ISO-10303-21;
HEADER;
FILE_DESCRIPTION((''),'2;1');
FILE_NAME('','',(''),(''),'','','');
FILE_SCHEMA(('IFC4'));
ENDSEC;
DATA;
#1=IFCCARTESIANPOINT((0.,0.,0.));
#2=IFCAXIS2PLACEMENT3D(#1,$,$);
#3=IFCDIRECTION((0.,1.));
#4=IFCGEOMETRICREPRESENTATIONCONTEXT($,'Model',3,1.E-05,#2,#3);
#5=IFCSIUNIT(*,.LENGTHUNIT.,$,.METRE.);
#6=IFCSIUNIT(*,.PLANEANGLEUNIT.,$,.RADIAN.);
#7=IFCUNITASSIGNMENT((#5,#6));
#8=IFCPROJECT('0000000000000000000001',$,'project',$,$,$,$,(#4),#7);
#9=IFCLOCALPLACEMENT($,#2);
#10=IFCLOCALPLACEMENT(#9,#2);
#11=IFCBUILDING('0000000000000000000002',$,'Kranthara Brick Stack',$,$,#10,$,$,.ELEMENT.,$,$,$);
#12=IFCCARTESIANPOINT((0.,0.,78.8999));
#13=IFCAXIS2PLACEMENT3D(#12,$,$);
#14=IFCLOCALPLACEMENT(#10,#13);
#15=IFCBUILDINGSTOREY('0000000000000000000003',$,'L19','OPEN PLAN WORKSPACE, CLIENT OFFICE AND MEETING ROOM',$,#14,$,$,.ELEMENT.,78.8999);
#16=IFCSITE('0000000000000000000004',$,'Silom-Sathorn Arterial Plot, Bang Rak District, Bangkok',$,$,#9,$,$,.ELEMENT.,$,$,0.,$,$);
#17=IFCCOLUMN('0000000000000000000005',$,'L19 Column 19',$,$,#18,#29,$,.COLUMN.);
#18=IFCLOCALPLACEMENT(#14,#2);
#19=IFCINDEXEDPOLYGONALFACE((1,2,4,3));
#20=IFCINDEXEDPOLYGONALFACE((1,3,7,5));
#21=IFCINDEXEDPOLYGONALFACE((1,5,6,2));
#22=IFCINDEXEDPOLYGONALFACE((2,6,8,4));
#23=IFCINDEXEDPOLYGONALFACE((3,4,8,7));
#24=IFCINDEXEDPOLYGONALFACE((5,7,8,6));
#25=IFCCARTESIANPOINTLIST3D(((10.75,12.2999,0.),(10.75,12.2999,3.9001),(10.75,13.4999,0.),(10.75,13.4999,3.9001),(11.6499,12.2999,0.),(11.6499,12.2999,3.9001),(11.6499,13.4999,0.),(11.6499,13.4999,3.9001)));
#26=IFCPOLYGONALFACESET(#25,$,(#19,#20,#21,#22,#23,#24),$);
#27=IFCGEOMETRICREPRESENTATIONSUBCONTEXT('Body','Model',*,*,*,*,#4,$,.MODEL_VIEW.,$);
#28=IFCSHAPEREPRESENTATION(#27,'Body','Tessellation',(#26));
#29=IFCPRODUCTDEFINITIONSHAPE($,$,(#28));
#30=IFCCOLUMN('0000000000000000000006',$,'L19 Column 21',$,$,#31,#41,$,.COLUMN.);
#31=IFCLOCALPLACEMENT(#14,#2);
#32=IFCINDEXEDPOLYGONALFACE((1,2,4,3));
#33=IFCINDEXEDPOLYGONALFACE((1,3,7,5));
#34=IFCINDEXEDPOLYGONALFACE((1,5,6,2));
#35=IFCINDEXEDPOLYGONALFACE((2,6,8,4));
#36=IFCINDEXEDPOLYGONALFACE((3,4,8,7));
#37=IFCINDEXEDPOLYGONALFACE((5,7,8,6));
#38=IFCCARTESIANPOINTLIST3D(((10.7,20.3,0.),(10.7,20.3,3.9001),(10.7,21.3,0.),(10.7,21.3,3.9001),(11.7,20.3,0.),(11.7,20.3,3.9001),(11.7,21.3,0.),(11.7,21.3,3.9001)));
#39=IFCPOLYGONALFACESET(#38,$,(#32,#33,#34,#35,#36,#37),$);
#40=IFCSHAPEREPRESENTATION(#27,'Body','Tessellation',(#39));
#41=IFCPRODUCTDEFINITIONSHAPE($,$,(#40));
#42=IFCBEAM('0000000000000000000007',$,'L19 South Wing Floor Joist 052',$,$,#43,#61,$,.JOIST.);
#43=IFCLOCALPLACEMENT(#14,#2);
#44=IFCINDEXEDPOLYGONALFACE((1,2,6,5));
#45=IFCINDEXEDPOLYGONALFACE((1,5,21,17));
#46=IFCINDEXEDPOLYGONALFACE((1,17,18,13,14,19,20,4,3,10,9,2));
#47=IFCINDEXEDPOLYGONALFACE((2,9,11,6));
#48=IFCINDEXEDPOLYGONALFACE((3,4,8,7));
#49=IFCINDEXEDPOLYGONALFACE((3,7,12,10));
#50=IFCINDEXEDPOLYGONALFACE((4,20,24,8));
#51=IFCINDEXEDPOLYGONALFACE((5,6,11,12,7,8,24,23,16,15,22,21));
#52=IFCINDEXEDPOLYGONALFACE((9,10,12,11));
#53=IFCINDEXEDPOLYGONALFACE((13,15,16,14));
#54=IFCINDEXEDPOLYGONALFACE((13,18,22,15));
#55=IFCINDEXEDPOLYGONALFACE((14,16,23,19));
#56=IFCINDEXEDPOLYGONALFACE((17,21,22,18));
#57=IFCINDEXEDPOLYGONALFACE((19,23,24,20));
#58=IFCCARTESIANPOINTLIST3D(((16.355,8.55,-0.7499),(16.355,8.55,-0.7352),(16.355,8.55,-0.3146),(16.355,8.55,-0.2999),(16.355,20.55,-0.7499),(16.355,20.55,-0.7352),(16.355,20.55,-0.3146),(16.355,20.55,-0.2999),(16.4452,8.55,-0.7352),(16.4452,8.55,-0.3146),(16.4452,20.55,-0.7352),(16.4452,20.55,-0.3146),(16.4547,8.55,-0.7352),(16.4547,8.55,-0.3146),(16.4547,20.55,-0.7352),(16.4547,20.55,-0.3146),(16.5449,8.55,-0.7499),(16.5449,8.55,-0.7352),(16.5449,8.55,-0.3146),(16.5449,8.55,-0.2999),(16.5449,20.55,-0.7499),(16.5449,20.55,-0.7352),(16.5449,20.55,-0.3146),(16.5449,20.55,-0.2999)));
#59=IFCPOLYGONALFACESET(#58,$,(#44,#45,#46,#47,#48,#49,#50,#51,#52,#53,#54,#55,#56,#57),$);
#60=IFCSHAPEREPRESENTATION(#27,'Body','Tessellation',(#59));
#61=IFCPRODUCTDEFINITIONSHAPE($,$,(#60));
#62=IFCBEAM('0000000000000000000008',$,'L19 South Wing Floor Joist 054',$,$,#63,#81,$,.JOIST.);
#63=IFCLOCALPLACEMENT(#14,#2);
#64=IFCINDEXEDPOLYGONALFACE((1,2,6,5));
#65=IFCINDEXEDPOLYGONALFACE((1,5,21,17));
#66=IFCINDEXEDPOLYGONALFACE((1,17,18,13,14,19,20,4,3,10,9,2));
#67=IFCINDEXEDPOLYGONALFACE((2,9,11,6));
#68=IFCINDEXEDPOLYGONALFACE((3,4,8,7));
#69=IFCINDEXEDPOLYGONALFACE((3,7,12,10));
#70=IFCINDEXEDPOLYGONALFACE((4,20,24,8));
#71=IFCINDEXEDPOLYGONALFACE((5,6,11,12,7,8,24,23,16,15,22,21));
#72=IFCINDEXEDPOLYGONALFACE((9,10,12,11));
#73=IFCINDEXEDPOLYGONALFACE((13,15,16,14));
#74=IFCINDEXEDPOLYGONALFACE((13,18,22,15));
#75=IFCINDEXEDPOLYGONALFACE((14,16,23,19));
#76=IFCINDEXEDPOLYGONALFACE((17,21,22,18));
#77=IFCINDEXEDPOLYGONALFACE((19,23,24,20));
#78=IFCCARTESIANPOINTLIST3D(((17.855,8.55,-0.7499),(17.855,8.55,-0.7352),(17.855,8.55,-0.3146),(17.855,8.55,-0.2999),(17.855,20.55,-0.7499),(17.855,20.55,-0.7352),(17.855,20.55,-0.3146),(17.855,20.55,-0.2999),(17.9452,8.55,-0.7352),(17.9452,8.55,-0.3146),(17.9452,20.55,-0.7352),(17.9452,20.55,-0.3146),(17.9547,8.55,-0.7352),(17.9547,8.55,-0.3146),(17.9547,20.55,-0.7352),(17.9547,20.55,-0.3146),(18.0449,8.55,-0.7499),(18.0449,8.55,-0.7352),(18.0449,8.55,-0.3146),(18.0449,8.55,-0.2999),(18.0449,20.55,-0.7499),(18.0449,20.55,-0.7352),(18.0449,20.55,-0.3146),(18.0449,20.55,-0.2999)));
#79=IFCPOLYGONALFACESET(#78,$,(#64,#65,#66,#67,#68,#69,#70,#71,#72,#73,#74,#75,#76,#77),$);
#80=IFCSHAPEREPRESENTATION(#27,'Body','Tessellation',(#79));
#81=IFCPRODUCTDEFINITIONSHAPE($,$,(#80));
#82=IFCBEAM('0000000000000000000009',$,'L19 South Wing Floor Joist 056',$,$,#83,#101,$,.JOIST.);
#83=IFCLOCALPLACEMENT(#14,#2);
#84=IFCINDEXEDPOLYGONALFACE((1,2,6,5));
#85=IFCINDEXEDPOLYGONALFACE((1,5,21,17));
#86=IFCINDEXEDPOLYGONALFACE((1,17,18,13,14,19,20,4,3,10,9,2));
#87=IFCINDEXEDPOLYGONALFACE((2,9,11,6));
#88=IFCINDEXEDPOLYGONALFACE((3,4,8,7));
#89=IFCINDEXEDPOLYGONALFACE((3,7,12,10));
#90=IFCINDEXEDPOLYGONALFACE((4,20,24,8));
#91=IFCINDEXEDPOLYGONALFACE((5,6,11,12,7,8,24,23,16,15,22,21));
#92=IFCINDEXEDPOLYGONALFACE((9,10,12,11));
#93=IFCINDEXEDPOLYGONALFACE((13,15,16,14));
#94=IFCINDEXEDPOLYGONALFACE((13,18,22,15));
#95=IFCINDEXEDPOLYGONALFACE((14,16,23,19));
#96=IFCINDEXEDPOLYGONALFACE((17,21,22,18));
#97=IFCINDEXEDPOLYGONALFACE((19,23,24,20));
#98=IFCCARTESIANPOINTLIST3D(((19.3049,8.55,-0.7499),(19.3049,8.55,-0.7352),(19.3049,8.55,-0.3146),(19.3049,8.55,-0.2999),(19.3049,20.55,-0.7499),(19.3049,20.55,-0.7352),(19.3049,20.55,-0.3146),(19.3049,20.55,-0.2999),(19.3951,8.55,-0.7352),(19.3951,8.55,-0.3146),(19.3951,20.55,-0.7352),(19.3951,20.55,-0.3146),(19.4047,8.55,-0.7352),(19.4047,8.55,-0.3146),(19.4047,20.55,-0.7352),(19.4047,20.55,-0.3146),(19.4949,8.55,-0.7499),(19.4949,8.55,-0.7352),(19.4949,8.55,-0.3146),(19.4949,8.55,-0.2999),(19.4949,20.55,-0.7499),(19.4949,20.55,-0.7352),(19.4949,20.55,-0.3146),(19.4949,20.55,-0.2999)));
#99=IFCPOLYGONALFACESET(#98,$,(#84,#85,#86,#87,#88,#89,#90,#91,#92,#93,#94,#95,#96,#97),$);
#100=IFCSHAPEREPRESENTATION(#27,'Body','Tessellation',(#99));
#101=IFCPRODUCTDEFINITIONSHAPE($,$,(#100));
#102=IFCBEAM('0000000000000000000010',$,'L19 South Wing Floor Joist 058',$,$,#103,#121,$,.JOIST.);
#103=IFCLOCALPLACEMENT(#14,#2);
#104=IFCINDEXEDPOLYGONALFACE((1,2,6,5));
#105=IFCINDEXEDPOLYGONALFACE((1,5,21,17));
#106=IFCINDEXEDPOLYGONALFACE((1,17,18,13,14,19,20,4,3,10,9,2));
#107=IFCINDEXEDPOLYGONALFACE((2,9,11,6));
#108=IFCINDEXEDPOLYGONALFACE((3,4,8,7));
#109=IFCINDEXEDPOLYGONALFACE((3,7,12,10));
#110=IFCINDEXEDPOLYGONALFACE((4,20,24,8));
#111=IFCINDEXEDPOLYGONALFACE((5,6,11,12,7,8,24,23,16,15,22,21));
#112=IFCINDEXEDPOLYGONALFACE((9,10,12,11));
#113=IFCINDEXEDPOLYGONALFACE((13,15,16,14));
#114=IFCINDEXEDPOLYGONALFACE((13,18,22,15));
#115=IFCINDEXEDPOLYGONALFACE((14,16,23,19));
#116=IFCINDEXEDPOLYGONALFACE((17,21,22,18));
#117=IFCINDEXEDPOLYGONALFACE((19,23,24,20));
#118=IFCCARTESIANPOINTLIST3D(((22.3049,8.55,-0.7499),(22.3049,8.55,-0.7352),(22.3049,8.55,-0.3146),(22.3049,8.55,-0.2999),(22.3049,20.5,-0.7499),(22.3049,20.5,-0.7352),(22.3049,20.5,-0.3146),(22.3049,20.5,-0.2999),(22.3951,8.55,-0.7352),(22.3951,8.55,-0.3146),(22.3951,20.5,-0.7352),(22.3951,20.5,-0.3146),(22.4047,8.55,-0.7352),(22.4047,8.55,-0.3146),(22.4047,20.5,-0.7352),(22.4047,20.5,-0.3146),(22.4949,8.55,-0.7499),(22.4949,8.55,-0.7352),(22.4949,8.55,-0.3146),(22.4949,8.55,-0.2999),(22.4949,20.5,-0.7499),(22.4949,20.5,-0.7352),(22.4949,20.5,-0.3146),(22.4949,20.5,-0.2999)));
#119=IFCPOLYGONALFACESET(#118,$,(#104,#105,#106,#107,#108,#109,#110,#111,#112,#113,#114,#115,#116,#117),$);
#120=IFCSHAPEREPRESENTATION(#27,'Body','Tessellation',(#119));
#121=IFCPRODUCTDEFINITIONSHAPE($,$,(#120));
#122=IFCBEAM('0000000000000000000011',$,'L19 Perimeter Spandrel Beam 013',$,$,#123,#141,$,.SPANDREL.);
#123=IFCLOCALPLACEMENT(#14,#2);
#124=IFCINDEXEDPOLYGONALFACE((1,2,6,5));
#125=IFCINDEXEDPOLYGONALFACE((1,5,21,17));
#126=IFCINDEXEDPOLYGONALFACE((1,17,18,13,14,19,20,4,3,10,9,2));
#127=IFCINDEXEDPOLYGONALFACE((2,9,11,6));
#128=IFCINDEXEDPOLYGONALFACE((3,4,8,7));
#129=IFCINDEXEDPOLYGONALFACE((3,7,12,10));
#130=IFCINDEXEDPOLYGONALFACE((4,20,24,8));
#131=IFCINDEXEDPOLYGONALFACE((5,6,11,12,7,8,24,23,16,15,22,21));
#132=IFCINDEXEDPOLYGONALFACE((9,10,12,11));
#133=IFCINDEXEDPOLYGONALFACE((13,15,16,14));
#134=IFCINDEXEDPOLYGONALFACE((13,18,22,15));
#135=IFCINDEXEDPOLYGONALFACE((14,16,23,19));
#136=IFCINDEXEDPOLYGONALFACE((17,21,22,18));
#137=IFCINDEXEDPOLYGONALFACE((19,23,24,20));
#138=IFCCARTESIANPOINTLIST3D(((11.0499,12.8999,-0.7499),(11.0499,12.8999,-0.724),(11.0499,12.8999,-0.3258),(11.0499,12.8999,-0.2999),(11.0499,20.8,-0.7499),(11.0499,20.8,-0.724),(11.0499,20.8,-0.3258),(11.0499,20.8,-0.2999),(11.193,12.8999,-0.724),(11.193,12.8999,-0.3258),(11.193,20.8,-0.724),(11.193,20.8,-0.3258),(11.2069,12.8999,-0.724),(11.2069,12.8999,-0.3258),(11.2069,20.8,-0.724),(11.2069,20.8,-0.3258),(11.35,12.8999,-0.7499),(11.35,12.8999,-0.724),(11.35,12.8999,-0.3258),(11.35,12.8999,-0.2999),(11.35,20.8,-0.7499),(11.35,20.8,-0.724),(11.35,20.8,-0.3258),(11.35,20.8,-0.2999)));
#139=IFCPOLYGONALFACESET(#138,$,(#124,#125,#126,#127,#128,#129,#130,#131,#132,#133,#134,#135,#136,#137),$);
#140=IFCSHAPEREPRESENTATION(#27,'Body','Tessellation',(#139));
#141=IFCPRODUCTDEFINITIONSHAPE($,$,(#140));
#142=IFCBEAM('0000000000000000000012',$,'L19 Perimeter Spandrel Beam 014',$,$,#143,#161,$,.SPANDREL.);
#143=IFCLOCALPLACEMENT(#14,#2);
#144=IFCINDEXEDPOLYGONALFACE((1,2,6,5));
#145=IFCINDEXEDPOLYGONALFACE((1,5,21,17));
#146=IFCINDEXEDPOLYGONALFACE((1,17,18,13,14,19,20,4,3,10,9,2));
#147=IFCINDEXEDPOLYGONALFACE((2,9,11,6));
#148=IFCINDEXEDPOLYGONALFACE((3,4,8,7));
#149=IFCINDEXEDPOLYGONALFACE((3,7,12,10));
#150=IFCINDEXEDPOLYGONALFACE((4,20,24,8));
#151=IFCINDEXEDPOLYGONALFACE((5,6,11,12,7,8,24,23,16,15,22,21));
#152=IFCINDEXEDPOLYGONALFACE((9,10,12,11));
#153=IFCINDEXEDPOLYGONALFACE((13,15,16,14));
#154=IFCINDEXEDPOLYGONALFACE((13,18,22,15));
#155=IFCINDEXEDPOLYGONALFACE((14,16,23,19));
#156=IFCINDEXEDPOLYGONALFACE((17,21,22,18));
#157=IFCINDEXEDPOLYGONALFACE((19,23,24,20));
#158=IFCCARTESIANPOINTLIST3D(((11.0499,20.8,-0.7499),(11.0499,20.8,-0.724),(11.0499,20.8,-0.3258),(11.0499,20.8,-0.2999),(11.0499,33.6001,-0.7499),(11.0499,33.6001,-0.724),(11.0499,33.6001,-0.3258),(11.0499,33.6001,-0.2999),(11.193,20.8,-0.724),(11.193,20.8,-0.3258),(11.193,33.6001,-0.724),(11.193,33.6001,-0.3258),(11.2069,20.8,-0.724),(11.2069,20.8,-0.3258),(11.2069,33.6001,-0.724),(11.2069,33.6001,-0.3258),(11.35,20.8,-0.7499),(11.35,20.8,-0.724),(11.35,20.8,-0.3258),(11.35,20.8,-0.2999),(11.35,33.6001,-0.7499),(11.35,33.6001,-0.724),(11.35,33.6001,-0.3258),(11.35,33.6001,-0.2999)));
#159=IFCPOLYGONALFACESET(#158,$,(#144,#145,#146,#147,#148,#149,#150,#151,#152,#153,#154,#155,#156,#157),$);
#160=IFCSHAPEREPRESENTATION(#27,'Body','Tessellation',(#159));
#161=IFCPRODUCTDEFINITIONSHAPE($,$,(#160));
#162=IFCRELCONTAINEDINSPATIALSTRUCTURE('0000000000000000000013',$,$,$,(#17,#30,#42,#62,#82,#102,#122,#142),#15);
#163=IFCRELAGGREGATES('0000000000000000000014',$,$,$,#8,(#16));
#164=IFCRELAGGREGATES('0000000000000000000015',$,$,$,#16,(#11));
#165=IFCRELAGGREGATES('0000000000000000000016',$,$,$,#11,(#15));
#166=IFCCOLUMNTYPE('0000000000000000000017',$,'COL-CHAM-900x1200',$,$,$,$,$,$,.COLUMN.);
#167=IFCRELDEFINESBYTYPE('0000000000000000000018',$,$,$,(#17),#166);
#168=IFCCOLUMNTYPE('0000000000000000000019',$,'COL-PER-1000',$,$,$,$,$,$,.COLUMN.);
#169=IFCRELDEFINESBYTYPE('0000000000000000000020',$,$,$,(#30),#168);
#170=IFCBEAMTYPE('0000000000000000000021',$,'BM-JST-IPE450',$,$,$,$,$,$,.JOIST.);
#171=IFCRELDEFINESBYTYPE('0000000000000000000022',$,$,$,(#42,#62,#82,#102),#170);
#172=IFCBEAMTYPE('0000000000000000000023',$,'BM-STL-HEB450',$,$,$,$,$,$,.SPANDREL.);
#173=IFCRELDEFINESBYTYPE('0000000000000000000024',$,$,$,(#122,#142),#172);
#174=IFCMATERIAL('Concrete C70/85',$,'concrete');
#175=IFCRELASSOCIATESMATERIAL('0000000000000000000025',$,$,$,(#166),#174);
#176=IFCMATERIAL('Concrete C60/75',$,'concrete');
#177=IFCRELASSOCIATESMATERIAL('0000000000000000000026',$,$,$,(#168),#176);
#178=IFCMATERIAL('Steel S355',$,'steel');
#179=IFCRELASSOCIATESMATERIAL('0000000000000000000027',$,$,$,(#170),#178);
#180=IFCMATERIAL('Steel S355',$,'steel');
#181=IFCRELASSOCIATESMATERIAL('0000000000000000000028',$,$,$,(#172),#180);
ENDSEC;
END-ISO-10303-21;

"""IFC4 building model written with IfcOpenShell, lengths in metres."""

from ifc_helpers import new_model, si_unit, direction, frame, origin, origin_2d, place, context, subcontext, project, spatial, rectangle, i_section, extrude, material, material_profile, profile_set, type_object, element, save


model = new_model("IFC4")

# Units and contexts
model_context = context("Model", 3, precision=1e-05, world=origin(), true_north=direction((0.0, 1.0)))
body_context = subcontext(model_context, "Body", "Model", "MODEL_VIEW")
ifc_project = project(units=[si_unit("LENGTHUNIT", "METRE"), si_unit("PLANEANGLEUNIT", "RADIAN")], contexts=[model_context])

# Site, building, storey
site_placement = place(None, origin())
site = spatial("IfcSite", under=ifc_project, at=site_placement, Name="Silom-Sathorn Arterial Plot, Bang Rak District, Bangkok", CompositionType="ELEMENT", RefElevation=0.0)
building_placement = place(site_placement, origin())
building = spatial("IfcBuilding", under=site, at=building_placement, Name="Kranthara Brick Stack", CompositionType="ELEMENT")
storey_placement = place(building_placement, frame((0.0, 0.0, 78.8999)))
storey = spatial("IfcBuildingStorey", under=building, at=storey_placement, Name="L19", Description="OPEN PLAN WORKSPACE, CLIENT OFFICE AND MEETING ROOM", CompositionType="ELEMENT", Elevation=78.8999)

# Columns
ifc_material_1 = material(Name="Concrete C70/85", Category="concrete")
ifc_material_profile_1 = material_profile(ifc_material_1, rectangle(XDim=0.8999, YDim=1.2, at=origin_2d()), Name="RC 900x1200")
ifc_profile_set_1 = profile_set([ifc_material_profile_1], Name="Concrete C70/85")
column_type_1 = type_object("IfcColumnType", Name="COL-CHAM-900x1200", PredefinedType="COLUMN", material=ifc_profile_set_1)
column_1_placement = place(storey_placement, frame((11.2, 12.8999, 0.0), z_axis=(0.0, 0.0, 1.0), x_axis=(1.0, 0.0, 0.0)))
element("IfcColumn", 1, at=column_1_placement, inside=storey, type_object=column_type_1, Name="L19 Column 19", PredefinedType="COLUMN", context=body_context, shape_type="SweptSolid", body=[
    extrude(rectangle(XDim=0.8999, YDim=1.2, at=origin_2d()), origin(), (0.0, 0.0, 1.0), 3.9001),
])
ifc_material_2 = material(Name="Concrete C60/75", Category="concrete")
ifc_material_profile_2 = material_profile(ifc_material_2, rectangle(XDim=1.0, YDim=1.0, at=origin_2d()), Name="RC 1000x1000")
ifc_profile_set_2 = profile_set([ifc_material_profile_2], Name="Concrete C60/75")
column_type_2 = type_object("IfcColumnType", Name="COL-PER-1000", PredefinedType="COLUMN", material=ifc_profile_set_2)
column_2_placement = place(storey_placement, frame((11.2, 20.8, 0.0), z_axis=(0.0, 0.0, 1.0), x_axis=(1.0, 0.0, 0.0)))
element("IfcColumn", 2, at=column_2_placement, inside=storey, type_object=column_type_2, Name="L19 Column 21", PredefinedType="COLUMN", context=body_context, shape_type="SweptSolid", body=[
    extrude(rectangle(XDim=1.0, YDim=1.0, at=origin_2d()), origin(), (0.0, 0.0, 1.0), 3.9001),
])

# Beams
ifc_material_3 = material(Name="Steel S355", Category="steel")
ifc_material_profile_3 = material_profile(ifc_material_3, i_section(OverallWidth=0.1899, OverallDepth=0.45, WebThickness=0.0095, FlangeThickness=0.0146, at=origin_2d()), Name="IPE 450")
ifc_profile_set_3 = profile_set([ifc_material_profile_3], Name="Steel S355")
beam_type_1 = type_object("IfcBeamType", Name="BM-JST-IPE450", PredefinedType="JOIST", material=ifc_profile_set_3)
for number, where, z_axis, x_axis, name in (
    (3, (16.45, 8.55, -0.5249), (0.0, 1.0, 0.0), (-1.0, 0.0, 0.0), "L19 South Wing Floor Joist 052"),
    (4, (17.95, 8.55, -0.5249), (0.0, 1.0, 0.0), (-1.0, 0.0, 0.0), "L19 South Wing Floor Joist 054"),
    (5, (19.3999, 8.55, -0.5249), (0.0, 1.0, 0.0), (-1.0, 0.0, 0.0), "L19 South Wing Floor Joist 056"),
):
    element("IfcBeam", number, at=place(storey_placement, frame(where, z_axis=z_axis, x_axis=x_axis)), inside=storey, type_object=beam_type_1, Name=name, PredefinedType="JOIST", context=body_context, shape_type="SweptSolid", body=[
        extrude(i_section(OverallWidth=0.1899, OverallDepth=0.45, WebThickness=0.0095, FlangeThickness=0.0146, at=origin_2d()), origin(), (0.0, 0.0, 1.0), 12.0),
    ])
beam_1_placement = place(storey_placement, frame((22.3999, 8.55, -0.5249), z_axis=(0.0, 1.0, 0.0), x_axis=(-1.0, 0.0, 0.0)))
element("IfcBeam", 6, at=beam_1_placement, inside=storey, type_object=beam_type_1, Name="L19 South Wing Floor Joist 058", PredefinedType="JOIST", context=body_context, shape_type="SweptSolid", body=[
    extrude(i_section(OverallWidth=0.1899, OverallDepth=0.45, WebThickness=0.0095, FlangeThickness=0.0146, at=origin_2d()), origin(), (0.0, 0.0, 1.0), 11.95),
])
ifc_material_4 = material(Name="Steel S355", Category="steel")
ifc_material_profile_4 = material_profile(ifc_material_4, i_section(OverallWidth=0.3, OverallDepth=0.45, WebThickness=0.0139, FlangeThickness=0.0259, at=origin_2d()), Name="HEB 450")
ifc_profile_set_4 = profile_set([ifc_material_profile_4], Name="Steel S355")
beam_type_2 = type_object("IfcBeamType", Name="BM-STL-HEB450", PredefinedType="SPANDREL", material=ifc_profile_set_4)
beam_2_placement = place(storey_placement, frame((11.2, 12.8999, -0.5249), z_axis=(0.0, 1.0, 0.0), x_axis=(-1.0, 0.0, 0.0)))
element("IfcBeam", 7, at=beam_2_placement, inside=storey, type_object=beam_type_2, Name="L19 Perimeter Spandrel Beam 013", PredefinedType="SPANDREL", context=body_context, shape_type="SweptSolid", body=[
    extrude(i_section(OverallWidth=0.3, OverallDepth=0.45, WebThickness=0.0139, FlangeThickness=0.0259, at=origin_2d()), origin(), (0.0, 0.0, 1.0), 7.9001),
])
beam_3_placement = place(storey_placement, frame((11.2, 20.8, -0.5249), z_axis=(0.0, 1.0, 0.0), x_axis=(-1.0, 0.0, 0.0)))
element("IfcBeam", 8, at=beam_3_placement, inside=storey, type_object=beam_type_2, Name="L19 Perimeter Spandrel Beam 014", PredefinedType="SPANDREL", context=body_context, shape_type="SweptSolid", body=[
    extrude(i_section(OverallWidth=0.3, OverallDepth=0.45, WebThickness=0.0139, FlangeThickness=0.0259, at=origin_2d()), origin(), (0.0, 0.0, 1.0), 12.8),
])

save(model, "model.ifc")
